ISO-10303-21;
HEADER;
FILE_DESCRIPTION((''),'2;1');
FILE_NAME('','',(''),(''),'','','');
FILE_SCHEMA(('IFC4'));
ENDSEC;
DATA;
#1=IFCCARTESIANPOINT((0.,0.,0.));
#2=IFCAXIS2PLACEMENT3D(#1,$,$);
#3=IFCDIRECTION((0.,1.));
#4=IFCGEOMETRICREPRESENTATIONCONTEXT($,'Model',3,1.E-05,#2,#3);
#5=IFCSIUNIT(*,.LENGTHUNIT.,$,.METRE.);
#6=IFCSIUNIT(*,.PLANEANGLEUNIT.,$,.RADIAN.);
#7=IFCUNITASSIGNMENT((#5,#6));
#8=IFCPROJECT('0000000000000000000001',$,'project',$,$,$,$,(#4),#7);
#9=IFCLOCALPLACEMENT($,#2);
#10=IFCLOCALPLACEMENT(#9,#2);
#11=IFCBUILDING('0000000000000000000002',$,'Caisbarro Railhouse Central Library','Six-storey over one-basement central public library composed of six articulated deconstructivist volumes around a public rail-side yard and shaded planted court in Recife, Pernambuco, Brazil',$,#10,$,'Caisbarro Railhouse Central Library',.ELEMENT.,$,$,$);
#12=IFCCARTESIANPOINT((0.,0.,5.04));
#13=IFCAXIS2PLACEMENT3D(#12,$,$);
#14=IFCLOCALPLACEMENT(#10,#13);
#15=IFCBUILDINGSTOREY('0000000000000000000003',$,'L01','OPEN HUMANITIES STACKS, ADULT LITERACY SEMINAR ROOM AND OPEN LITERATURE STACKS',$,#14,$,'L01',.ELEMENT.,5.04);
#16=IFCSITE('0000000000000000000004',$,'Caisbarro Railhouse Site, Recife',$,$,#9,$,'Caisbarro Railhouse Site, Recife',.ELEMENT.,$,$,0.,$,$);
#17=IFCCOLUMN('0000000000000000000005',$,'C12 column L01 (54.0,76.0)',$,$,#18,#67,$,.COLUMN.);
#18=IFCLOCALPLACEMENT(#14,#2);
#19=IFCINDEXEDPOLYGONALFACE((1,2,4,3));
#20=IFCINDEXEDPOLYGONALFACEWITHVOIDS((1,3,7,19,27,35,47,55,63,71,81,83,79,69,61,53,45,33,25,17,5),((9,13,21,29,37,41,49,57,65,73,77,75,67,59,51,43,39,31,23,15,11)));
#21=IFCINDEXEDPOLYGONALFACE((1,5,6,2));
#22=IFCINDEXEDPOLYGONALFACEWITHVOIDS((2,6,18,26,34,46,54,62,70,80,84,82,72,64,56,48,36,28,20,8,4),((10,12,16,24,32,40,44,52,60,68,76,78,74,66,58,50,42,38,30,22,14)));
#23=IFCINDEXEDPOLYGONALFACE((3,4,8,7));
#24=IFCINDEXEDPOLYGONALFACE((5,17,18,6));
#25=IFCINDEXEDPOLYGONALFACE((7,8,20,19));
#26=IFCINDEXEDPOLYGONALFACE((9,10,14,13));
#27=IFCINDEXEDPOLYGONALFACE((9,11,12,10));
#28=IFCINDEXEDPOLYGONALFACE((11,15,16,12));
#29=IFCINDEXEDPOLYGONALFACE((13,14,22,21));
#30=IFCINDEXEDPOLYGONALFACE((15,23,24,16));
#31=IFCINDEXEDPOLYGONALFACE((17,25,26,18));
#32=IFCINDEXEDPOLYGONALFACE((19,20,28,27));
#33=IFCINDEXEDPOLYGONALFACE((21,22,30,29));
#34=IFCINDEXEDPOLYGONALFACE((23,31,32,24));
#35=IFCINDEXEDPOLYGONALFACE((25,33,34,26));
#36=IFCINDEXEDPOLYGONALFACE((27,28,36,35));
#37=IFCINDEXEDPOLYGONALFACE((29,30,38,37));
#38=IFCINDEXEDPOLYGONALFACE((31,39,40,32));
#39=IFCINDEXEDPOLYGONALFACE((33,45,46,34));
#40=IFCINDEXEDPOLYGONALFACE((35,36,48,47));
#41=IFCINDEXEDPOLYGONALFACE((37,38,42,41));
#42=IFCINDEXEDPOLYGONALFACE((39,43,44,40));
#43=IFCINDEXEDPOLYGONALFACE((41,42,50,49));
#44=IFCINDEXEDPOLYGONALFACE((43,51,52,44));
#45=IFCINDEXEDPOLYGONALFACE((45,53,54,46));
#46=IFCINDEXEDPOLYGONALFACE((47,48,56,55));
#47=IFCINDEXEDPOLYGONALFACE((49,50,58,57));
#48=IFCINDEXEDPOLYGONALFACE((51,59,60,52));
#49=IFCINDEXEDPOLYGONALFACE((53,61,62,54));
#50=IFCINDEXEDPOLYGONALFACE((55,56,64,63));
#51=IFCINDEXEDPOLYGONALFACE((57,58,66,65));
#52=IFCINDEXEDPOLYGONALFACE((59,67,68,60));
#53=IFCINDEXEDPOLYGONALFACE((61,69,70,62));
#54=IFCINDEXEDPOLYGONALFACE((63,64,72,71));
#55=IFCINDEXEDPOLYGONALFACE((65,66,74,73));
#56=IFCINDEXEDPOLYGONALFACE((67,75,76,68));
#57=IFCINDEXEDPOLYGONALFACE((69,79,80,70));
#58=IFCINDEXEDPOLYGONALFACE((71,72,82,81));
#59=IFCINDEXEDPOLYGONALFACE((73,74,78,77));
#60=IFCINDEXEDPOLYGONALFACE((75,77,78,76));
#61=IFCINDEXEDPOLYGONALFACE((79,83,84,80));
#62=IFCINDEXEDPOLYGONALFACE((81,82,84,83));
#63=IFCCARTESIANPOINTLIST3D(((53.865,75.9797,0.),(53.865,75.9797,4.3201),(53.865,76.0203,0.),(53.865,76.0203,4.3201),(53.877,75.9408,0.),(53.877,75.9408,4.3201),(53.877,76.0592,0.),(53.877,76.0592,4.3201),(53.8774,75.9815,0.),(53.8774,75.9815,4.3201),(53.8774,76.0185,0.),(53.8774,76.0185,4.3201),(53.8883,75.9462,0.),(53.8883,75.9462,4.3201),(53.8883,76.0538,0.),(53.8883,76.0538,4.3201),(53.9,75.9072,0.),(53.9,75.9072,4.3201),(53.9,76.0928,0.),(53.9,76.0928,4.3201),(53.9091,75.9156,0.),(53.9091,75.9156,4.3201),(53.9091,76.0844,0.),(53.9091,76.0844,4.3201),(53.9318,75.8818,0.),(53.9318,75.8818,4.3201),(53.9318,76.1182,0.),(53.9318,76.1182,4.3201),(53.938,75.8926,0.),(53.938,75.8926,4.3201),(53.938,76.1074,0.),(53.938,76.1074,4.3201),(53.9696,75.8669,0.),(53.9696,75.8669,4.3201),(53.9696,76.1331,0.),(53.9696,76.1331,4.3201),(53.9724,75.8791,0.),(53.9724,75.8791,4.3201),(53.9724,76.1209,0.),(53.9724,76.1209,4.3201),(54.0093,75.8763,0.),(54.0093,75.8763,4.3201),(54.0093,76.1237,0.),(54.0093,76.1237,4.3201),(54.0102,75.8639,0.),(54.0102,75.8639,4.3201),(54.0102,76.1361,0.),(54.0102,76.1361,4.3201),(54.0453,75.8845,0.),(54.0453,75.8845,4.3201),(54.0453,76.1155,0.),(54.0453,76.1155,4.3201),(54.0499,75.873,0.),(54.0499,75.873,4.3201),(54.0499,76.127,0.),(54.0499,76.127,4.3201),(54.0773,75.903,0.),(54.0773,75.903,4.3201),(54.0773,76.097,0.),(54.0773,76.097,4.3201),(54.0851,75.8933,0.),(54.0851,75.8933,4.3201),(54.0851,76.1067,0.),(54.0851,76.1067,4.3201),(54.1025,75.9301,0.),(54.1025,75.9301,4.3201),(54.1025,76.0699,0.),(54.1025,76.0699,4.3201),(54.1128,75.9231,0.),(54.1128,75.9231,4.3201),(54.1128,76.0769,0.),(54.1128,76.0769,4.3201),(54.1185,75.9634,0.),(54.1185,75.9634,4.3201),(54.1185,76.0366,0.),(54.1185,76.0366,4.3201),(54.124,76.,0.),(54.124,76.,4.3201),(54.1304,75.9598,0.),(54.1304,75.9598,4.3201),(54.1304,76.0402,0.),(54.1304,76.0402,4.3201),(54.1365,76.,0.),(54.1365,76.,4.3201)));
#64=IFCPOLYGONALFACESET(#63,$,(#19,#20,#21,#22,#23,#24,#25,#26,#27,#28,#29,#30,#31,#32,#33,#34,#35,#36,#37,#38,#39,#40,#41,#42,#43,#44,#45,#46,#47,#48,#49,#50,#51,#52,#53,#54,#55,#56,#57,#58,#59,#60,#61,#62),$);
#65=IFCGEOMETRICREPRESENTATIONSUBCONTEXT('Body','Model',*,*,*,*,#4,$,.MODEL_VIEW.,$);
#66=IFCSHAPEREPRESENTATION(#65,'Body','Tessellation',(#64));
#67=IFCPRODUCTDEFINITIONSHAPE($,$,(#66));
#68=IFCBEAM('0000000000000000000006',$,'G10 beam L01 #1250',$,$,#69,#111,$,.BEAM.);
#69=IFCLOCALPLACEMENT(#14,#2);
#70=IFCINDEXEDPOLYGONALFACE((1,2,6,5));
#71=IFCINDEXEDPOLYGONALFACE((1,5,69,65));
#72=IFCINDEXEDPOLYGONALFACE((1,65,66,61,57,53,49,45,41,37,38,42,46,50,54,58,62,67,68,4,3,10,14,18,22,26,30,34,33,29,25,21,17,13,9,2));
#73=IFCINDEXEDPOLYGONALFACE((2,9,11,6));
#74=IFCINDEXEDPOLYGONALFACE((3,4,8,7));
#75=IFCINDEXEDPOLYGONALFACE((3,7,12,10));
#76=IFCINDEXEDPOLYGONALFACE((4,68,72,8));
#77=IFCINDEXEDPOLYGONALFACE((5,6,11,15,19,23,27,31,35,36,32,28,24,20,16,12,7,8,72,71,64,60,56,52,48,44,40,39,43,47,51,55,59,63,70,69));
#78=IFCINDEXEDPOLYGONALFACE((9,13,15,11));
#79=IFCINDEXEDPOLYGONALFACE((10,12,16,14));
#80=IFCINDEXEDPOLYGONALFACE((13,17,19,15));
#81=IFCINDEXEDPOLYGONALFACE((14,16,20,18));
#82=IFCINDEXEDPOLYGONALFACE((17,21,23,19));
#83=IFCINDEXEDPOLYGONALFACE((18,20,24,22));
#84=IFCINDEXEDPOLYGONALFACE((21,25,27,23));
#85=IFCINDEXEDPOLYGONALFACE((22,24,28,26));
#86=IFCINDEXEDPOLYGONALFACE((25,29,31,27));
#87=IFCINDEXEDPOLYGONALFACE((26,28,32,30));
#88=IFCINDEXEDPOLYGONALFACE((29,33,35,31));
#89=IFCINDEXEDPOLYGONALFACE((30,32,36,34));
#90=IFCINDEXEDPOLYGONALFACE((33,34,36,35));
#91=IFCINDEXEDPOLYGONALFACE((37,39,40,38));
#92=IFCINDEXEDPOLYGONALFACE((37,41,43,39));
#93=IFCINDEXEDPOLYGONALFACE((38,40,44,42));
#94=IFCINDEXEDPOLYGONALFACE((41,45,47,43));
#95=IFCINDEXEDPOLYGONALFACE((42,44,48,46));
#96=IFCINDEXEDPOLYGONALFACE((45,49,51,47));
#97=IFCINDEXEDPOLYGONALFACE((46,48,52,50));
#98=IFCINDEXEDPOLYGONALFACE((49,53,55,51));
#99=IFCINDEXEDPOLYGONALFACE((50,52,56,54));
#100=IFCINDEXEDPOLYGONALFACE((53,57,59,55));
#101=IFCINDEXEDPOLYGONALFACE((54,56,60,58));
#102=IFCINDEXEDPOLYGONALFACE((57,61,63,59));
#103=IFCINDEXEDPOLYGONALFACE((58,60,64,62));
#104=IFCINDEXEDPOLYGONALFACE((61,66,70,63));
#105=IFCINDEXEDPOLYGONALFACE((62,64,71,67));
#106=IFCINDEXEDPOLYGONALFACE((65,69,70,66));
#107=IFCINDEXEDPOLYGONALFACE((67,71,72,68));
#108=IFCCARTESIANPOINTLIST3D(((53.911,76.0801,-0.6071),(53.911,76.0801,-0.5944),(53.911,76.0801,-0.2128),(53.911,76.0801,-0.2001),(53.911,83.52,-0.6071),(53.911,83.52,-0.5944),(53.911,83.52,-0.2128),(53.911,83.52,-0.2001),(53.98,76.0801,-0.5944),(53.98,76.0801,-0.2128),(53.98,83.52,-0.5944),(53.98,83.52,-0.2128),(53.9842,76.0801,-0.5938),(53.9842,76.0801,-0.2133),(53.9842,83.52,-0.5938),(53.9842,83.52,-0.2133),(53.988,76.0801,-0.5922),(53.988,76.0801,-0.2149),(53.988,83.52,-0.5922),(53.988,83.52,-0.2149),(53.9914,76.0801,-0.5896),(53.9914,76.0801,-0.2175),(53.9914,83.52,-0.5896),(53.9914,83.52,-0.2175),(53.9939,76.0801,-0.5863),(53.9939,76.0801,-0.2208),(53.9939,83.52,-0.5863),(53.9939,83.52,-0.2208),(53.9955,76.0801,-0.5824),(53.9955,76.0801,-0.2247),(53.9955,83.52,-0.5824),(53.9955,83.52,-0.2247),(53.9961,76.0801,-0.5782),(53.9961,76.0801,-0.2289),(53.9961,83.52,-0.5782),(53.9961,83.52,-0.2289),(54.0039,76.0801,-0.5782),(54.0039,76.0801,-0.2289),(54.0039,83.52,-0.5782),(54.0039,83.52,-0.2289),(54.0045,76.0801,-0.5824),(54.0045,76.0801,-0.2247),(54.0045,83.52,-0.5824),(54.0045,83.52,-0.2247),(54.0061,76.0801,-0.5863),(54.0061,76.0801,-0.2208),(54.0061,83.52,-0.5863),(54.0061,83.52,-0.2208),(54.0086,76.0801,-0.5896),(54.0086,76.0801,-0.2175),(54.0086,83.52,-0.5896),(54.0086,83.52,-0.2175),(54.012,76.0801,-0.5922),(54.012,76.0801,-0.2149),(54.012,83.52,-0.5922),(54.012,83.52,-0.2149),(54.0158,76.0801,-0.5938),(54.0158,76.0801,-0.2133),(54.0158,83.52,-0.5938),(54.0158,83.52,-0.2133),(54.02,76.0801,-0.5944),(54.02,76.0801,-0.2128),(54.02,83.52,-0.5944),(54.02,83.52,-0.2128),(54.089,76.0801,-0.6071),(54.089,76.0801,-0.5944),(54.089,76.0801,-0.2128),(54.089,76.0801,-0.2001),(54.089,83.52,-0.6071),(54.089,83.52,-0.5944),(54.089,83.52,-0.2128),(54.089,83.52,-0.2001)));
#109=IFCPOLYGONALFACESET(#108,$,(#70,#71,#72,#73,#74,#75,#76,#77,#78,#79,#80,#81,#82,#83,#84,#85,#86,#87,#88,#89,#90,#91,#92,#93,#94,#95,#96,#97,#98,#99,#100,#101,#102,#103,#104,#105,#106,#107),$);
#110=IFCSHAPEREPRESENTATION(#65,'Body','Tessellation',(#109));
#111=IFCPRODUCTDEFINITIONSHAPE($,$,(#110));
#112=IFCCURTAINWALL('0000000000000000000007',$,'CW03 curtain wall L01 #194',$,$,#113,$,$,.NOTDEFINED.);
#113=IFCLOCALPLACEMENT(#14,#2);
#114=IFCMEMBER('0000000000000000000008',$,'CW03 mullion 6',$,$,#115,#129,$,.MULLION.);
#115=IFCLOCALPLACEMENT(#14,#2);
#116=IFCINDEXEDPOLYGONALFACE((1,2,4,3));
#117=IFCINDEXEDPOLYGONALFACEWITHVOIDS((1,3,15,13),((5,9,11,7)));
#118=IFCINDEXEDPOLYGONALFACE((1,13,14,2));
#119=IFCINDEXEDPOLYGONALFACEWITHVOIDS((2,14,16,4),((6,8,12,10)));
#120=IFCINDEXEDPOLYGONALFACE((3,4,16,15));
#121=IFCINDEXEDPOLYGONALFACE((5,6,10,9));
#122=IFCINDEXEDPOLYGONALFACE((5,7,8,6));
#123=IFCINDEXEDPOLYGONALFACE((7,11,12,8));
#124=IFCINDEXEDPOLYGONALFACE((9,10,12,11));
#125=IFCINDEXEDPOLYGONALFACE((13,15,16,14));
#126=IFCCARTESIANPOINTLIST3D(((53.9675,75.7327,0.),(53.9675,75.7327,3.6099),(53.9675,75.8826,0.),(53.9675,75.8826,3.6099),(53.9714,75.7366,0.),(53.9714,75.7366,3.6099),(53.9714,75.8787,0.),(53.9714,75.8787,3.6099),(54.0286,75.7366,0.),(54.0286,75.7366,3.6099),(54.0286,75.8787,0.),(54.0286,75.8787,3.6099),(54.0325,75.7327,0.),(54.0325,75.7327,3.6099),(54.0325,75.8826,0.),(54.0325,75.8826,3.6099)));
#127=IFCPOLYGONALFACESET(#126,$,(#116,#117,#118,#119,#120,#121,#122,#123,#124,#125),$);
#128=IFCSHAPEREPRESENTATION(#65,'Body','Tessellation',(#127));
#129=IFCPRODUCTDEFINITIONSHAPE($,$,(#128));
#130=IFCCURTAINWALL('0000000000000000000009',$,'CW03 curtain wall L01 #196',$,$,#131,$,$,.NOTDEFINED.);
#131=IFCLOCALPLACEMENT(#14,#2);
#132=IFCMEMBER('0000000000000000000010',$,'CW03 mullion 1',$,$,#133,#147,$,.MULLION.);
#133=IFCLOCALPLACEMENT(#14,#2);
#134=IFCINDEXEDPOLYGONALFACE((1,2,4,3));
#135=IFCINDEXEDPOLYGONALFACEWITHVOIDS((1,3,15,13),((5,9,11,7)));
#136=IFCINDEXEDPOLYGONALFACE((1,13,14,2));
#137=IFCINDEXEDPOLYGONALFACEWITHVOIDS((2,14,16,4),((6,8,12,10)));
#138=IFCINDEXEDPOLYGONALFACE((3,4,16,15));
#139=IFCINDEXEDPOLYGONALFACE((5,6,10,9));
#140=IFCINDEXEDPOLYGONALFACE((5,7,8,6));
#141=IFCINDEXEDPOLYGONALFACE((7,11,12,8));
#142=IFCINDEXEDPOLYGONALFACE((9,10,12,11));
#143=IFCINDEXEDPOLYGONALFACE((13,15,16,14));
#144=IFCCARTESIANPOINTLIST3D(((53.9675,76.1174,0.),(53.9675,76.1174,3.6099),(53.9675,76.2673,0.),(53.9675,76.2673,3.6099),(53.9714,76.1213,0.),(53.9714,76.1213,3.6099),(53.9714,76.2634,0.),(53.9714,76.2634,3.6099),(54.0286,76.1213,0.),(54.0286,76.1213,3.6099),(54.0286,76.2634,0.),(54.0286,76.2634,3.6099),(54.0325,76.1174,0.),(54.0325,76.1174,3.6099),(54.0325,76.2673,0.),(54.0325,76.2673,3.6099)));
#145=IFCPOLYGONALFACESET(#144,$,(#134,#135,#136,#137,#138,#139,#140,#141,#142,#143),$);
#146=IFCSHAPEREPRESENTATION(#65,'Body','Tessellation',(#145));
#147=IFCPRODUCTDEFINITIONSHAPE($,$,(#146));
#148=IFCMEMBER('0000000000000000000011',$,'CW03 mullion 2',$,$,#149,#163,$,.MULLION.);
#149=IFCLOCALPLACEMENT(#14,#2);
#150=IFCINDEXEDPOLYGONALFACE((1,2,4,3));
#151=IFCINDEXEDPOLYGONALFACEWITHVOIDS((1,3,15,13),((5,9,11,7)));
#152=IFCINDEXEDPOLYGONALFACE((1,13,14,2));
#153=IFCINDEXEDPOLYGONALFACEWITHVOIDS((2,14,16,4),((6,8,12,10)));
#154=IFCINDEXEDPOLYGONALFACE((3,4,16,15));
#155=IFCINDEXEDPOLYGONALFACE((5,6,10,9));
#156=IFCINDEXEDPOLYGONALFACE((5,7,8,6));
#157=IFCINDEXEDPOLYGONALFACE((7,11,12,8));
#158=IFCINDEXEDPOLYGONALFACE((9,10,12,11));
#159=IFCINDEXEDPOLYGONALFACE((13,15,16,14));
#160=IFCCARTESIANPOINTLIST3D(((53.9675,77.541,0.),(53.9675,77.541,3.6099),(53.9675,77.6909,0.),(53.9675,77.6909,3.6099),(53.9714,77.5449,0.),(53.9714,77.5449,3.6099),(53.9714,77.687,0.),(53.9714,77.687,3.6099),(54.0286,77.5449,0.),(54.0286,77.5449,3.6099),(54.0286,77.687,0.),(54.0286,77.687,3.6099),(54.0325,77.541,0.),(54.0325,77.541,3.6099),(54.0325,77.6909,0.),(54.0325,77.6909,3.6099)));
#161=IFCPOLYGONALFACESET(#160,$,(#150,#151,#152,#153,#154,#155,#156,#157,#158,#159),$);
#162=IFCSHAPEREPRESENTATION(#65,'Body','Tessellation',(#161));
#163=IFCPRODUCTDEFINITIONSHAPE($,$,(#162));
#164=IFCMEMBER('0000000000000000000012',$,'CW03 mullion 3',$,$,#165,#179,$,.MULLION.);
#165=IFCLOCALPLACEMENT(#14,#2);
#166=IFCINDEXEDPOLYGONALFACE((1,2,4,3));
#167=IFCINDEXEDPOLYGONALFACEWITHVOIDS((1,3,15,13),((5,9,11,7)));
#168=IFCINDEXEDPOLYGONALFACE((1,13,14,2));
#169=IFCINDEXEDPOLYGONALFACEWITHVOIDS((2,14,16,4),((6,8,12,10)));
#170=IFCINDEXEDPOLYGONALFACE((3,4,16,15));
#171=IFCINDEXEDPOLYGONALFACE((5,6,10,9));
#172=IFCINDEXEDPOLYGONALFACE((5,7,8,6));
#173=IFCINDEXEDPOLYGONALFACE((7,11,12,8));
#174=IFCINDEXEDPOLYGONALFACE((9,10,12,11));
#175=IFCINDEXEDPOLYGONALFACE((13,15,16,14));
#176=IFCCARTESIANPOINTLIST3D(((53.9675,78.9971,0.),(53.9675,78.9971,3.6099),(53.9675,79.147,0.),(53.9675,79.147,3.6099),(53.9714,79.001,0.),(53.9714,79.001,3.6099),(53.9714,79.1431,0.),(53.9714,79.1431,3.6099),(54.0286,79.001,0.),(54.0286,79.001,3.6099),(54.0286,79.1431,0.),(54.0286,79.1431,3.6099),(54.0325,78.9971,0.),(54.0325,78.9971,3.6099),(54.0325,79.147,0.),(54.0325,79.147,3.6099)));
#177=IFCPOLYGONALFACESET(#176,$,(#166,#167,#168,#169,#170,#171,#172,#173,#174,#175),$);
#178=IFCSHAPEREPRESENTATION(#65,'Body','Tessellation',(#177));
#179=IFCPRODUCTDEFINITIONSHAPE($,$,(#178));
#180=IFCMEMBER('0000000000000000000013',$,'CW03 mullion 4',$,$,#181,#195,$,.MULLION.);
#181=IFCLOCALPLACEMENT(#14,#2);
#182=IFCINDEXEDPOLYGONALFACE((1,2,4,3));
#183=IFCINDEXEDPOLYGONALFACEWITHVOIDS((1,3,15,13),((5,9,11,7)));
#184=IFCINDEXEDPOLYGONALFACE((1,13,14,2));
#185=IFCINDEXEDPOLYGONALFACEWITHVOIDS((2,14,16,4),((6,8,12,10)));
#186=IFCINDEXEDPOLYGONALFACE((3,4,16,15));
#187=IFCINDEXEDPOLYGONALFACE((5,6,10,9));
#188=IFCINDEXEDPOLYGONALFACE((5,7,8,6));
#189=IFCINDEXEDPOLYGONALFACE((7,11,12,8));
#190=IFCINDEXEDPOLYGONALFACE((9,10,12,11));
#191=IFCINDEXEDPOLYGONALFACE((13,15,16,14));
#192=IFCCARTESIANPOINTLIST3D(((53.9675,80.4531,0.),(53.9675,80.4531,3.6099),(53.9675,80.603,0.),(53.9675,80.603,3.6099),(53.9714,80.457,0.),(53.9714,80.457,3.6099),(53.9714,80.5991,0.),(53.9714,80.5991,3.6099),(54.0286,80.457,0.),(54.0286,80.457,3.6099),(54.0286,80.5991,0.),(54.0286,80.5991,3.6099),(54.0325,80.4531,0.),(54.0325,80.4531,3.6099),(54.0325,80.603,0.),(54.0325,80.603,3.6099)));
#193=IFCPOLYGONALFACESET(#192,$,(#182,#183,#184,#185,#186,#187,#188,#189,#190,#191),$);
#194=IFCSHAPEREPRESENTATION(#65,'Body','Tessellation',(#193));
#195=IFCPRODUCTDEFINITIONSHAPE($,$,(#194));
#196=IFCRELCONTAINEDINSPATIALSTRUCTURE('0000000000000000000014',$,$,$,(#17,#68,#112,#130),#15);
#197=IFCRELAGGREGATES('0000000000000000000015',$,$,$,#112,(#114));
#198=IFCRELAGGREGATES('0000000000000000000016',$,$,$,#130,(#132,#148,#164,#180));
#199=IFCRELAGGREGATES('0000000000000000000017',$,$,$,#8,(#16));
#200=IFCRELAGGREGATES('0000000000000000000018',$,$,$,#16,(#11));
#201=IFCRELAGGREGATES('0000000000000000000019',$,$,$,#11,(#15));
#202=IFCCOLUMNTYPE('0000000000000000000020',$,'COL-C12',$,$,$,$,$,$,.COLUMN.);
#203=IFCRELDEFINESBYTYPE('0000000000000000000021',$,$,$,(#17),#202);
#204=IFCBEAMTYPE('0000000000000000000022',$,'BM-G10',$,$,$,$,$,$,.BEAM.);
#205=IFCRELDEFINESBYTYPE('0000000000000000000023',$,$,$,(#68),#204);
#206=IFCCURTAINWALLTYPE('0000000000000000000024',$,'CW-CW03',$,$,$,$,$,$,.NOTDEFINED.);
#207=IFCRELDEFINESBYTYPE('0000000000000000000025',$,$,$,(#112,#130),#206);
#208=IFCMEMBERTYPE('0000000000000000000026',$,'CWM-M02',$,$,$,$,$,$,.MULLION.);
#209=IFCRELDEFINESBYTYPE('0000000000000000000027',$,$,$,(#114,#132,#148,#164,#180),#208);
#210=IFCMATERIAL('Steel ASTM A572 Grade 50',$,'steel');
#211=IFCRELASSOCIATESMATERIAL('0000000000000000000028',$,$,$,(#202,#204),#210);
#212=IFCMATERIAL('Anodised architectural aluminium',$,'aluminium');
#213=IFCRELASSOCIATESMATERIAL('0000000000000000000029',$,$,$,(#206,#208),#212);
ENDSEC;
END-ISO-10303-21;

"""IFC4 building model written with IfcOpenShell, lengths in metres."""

from ifc_helpers import new_model, si_unit, direction, frame, origin, origin_2d, place, context, subcontext, project, spatial, hollow_rectangle, hollow_circle, i_section, extrude, material, material_profile, profile_set, type_object, element, aggregate, save


model = new_model("IFC4")

# Units and contexts
model_context = context("Model", 3, precision=1e-05, world=origin(), true_north=direction((0.0, 1.0)))
body_context = subcontext(model_context, "Body", "Model", "MODEL_VIEW")
ifc_project = project(units=[si_unit("LENGTHUNIT", "METRE"), si_unit("PLANEANGLEUNIT", "RADIAN")], contexts=[model_context])

# Site, building, storey
site_placement = place(None, origin())
site = spatial("IfcSite", under=ifc_project, at=site_placement, Name="Caisbarro Railhouse Site, Recife", LongName="Caisbarro Railhouse Site, Recife", CompositionType="ELEMENT", RefElevation=0.0)
building_placement = place(site_placement, origin())
building = spatial("IfcBuilding", under=site, at=building_placement, Name="Caisbarro Railhouse Central Library", Description="Six-storey over one-basement central public library composed of six articulated deconstructivist volumes around a public rail-side yard and shaded planted court in Recife, Pernambuco, Brazil", LongName="Caisbarro Railhouse Central Library", CompositionType="ELEMENT")
storey_placement = place(building_placement, frame((0.0, 0.0, 5.04)))
storey = spatial("IfcBuildingStorey", under=building, at=storey_placement, Name="L01", Description="OPEN HUMANITIES STACKS, ADULT LITERACY SEMINAR ROOM AND OPEN LITERATURE STACKS", LongName="L01", CompositionType="ELEMENT", Elevation=5.04)

# Column
ifc_material_1 = material(Name="Steel ASTM A572 Grade 50", Category="steel")
ifc_material_profile_1 = material_profile(ifc_material_1, hollow_circle(Radius=0.1365, WallThickness=0.0125, at=origin_2d()), Name="CHS273.0X12.5")
ifc_profile_set_1 = profile_set([ifc_material_profile_1], Name="Steel ASTM A572 Grade 50")
column_type = type_object("IfcColumnType", Name="COL-C12", PredefinedType="COLUMN", material=ifc_profile_set_1)
column_placement = place(storey_placement, frame((54.0, 76.0, 0.0), z_axis=(0.0, 0.0, 1.0), x_axis=(1.0, 0.0, 0.0)))
element("IfcColumn", 1, at=column_placement, inside=storey, type_object=column_type, Name="C12 column L01 (54.0,76.0)", PredefinedType="COLUMN", context=body_context, shape_type="SweptSolid", body=[
    extrude(hollow_circle(Radius=0.1365, WallThickness=0.0125, at=origin_2d()), origin(), (0.0, 0.0, 1.0), 4.3201),
])

# Beam
ifc_material_profile_2 = material_profile(ifc_material_1, i_section(OverallWidth=0.178, OverallDepth=0.407, WebThickness=0.0078, FlangeThickness=0.0127, FilletRadius=0.0161, at=origin_2d()), Name="W410X60.0")
ifc_profile_set_2 = profile_set([ifc_material_profile_2], Name="Steel ASTM A572 Grade 50")
beam_type = type_object("IfcBeamType", Name="BM-G10", PredefinedType="BEAM", material=ifc_profile_set_2)
beam_placement = place(storey_placement, frame((54.0, 76.0801, -0.4036), z_axis=(0.0, 1.0, 0.0), x_axis=(-1.0, 0.0, 0.0)))
element("IfcBeam", 2, at=beam_placement, inside=storey, type_object=beam_type, Name="G10 beam L01 #1250", PredefinedType="BEAM", context=body_context, shape_type="SweptSolid", body=[
    extrude(i_section(OverallWidth=0.178, OverallDepth=0.407, WebThickness=0.0078, FlangeThickness=0.0127, FilletRadius=0.0161, at=origin_2d()), origin(), (0.0, 0.0, 1.0), 7.4399),
])

# Curtain wall, member
ifc_material_2 = material(Name="Anodised architectural aluminium", Category="aluminium")
curtain_wall_type = type_object("IfcCurtainWallType", Name="CW-CW03", PredefinedType="NOTDEFINED", material=ifc_material_2)
curtain_wall_1_placement = place(storey_placement, origin())
curtain_wall_1 = element("IfcCurtainWall", 3, at=curtain_wall_1_placement, inside=storey, type_object=curtain_wall_type, Name="CW03 curtain wall L01 #194", PredefinedType="NOTDEFINED")
ifc_material_profile_3 = material_profile(ifc_material_2, hollow_rectangle(XDim=0.0649, YDim=0.1499, WallThickness=0.0039, at=origin_2d()), Name="ALU-MUL-65X150")
ifc_profile_set_3 = profile_set([ifc_material_profile_3], Name="Anodised architectural aluminium")
member_type_1 = type_object("IfcMemberType", Name="CWM-M02", PredefinedType="MULLION", material=ifc_profile_set_3)
member_1_placement = place(storey_placement, frame((54.0, 75.8076, 0.0), z_axis=(0.0, 0.0, 1.0), x_axis=(-1.0, 0.0, 0.0)))
member_1 = element("IfcMember", 4, at=member_1_placement, type_object=member_type_1, Name="CW03 mullion 6", PredefinedType="MULLION", context=body_context, shape_type="SweptSolid", body=[
    extrude(hollow_rectangle(XDim=0.0649, YDim=0.1499, WallThickness=0.0039, at=origin_2d()), origin(), (0.0, 0.0, 1.0), 3.6099),
])

# Curtain wall, members
curtain_wall_2_placement = place(storey_placement, origin())
curtain_wall_2 = element("IfcCurtainWall", 5, at=curtain_wall_2_placement, inside=storey, type_object=curtain_wall_type, Name="CW03 curtain wall L01 #196", PredefinedType="NOTDEFINED")
member_2_placement = place(storey_placement, frame((54.0, 76.1924, 0.0), z_axis=(0.0, 0.0, 1.0), x_axis=(-1.0, 0.0, 0.0)))
member_2 = element("IfcMember", 6, at=member_2_placement, type_object=member_type_1, Name="CW03 mullion 1", PredefinedType="MULLION", context=body_context, shape_type="SweptSolid", body=[
    extrude(hollow_rectangle(XDim=0.0649, YDim=0.1499, WallThickness=0.0039, at=origin_2d()), origin(), (0.0, 0.0, 1.0), 3.6099),
])
member_3_placement = place(storey_placement, frame((54.0, 77.616, 0.0), z_axis=(0.0, 0.0, 1.0), x_axis=(-1.0, 0.0, 0.0)))
member_3 = element("IfcMember", 7, at=member_3_placement, type_object=member_type_1, Name="CW03 mullion 2", PredefinedType="MULLION", context=body_context, shape_type="SweptSolid", body=[
    extrude(hollow_rectangle(XDim=0.0649, YDim=0.1499, WallThickness=0.0039, at=origin_2d()), origin(), (0.0, 0.0, 1.0), 3.6099),
])
member_4_placement = place(storey_placement, frame((54.0, 79.072, 0.0), z_axis=(0.0, 0.0, 1.0), x_axis=(-1.0, 0.0, 0.0)))
member_4 = element("IfcMember", 8, at=member_4_placement, type_object=member_type_1, Name="CW03 mullion 3", PredefinedType="MULLION", context=body_context, shape_type="SweptSolid", body=[
    extrude(hollow_rectangle(XDim=0.0649, YDim=0.1499, WallThickness=0.0039, at=origin_2d()), origin(), (0.0, 0.0, 1.0), 3.6099),
])
member_5_placement = place(storey_placement, frame((54.0, 80.5281, 0.0), z_axis=(0.0, 0.0, 1.0), x_axis=(-1.0, 0.0, 0.0)))
member_5 = element("IfcMember", 9, at=member_5_placement, type_object=member_type_1, Name="CW03 mullion 4", PredefinedType="MULLION", context=body_context, shape_type="SweptSolid", body=[
    extrude(hollow_rectangle(XDim=0.0649, YDim=0.1499, WallThickness=0.0039, at=origin_2d()), origin(), (0.0, 0.0, 1.0), 3.6099),
])

aggregate(curtain_wall_1, [member_1])
aggregate(curtain_wall_2, [member_2, member_3, member_4, member_5])

save(model, "model.ifc")
